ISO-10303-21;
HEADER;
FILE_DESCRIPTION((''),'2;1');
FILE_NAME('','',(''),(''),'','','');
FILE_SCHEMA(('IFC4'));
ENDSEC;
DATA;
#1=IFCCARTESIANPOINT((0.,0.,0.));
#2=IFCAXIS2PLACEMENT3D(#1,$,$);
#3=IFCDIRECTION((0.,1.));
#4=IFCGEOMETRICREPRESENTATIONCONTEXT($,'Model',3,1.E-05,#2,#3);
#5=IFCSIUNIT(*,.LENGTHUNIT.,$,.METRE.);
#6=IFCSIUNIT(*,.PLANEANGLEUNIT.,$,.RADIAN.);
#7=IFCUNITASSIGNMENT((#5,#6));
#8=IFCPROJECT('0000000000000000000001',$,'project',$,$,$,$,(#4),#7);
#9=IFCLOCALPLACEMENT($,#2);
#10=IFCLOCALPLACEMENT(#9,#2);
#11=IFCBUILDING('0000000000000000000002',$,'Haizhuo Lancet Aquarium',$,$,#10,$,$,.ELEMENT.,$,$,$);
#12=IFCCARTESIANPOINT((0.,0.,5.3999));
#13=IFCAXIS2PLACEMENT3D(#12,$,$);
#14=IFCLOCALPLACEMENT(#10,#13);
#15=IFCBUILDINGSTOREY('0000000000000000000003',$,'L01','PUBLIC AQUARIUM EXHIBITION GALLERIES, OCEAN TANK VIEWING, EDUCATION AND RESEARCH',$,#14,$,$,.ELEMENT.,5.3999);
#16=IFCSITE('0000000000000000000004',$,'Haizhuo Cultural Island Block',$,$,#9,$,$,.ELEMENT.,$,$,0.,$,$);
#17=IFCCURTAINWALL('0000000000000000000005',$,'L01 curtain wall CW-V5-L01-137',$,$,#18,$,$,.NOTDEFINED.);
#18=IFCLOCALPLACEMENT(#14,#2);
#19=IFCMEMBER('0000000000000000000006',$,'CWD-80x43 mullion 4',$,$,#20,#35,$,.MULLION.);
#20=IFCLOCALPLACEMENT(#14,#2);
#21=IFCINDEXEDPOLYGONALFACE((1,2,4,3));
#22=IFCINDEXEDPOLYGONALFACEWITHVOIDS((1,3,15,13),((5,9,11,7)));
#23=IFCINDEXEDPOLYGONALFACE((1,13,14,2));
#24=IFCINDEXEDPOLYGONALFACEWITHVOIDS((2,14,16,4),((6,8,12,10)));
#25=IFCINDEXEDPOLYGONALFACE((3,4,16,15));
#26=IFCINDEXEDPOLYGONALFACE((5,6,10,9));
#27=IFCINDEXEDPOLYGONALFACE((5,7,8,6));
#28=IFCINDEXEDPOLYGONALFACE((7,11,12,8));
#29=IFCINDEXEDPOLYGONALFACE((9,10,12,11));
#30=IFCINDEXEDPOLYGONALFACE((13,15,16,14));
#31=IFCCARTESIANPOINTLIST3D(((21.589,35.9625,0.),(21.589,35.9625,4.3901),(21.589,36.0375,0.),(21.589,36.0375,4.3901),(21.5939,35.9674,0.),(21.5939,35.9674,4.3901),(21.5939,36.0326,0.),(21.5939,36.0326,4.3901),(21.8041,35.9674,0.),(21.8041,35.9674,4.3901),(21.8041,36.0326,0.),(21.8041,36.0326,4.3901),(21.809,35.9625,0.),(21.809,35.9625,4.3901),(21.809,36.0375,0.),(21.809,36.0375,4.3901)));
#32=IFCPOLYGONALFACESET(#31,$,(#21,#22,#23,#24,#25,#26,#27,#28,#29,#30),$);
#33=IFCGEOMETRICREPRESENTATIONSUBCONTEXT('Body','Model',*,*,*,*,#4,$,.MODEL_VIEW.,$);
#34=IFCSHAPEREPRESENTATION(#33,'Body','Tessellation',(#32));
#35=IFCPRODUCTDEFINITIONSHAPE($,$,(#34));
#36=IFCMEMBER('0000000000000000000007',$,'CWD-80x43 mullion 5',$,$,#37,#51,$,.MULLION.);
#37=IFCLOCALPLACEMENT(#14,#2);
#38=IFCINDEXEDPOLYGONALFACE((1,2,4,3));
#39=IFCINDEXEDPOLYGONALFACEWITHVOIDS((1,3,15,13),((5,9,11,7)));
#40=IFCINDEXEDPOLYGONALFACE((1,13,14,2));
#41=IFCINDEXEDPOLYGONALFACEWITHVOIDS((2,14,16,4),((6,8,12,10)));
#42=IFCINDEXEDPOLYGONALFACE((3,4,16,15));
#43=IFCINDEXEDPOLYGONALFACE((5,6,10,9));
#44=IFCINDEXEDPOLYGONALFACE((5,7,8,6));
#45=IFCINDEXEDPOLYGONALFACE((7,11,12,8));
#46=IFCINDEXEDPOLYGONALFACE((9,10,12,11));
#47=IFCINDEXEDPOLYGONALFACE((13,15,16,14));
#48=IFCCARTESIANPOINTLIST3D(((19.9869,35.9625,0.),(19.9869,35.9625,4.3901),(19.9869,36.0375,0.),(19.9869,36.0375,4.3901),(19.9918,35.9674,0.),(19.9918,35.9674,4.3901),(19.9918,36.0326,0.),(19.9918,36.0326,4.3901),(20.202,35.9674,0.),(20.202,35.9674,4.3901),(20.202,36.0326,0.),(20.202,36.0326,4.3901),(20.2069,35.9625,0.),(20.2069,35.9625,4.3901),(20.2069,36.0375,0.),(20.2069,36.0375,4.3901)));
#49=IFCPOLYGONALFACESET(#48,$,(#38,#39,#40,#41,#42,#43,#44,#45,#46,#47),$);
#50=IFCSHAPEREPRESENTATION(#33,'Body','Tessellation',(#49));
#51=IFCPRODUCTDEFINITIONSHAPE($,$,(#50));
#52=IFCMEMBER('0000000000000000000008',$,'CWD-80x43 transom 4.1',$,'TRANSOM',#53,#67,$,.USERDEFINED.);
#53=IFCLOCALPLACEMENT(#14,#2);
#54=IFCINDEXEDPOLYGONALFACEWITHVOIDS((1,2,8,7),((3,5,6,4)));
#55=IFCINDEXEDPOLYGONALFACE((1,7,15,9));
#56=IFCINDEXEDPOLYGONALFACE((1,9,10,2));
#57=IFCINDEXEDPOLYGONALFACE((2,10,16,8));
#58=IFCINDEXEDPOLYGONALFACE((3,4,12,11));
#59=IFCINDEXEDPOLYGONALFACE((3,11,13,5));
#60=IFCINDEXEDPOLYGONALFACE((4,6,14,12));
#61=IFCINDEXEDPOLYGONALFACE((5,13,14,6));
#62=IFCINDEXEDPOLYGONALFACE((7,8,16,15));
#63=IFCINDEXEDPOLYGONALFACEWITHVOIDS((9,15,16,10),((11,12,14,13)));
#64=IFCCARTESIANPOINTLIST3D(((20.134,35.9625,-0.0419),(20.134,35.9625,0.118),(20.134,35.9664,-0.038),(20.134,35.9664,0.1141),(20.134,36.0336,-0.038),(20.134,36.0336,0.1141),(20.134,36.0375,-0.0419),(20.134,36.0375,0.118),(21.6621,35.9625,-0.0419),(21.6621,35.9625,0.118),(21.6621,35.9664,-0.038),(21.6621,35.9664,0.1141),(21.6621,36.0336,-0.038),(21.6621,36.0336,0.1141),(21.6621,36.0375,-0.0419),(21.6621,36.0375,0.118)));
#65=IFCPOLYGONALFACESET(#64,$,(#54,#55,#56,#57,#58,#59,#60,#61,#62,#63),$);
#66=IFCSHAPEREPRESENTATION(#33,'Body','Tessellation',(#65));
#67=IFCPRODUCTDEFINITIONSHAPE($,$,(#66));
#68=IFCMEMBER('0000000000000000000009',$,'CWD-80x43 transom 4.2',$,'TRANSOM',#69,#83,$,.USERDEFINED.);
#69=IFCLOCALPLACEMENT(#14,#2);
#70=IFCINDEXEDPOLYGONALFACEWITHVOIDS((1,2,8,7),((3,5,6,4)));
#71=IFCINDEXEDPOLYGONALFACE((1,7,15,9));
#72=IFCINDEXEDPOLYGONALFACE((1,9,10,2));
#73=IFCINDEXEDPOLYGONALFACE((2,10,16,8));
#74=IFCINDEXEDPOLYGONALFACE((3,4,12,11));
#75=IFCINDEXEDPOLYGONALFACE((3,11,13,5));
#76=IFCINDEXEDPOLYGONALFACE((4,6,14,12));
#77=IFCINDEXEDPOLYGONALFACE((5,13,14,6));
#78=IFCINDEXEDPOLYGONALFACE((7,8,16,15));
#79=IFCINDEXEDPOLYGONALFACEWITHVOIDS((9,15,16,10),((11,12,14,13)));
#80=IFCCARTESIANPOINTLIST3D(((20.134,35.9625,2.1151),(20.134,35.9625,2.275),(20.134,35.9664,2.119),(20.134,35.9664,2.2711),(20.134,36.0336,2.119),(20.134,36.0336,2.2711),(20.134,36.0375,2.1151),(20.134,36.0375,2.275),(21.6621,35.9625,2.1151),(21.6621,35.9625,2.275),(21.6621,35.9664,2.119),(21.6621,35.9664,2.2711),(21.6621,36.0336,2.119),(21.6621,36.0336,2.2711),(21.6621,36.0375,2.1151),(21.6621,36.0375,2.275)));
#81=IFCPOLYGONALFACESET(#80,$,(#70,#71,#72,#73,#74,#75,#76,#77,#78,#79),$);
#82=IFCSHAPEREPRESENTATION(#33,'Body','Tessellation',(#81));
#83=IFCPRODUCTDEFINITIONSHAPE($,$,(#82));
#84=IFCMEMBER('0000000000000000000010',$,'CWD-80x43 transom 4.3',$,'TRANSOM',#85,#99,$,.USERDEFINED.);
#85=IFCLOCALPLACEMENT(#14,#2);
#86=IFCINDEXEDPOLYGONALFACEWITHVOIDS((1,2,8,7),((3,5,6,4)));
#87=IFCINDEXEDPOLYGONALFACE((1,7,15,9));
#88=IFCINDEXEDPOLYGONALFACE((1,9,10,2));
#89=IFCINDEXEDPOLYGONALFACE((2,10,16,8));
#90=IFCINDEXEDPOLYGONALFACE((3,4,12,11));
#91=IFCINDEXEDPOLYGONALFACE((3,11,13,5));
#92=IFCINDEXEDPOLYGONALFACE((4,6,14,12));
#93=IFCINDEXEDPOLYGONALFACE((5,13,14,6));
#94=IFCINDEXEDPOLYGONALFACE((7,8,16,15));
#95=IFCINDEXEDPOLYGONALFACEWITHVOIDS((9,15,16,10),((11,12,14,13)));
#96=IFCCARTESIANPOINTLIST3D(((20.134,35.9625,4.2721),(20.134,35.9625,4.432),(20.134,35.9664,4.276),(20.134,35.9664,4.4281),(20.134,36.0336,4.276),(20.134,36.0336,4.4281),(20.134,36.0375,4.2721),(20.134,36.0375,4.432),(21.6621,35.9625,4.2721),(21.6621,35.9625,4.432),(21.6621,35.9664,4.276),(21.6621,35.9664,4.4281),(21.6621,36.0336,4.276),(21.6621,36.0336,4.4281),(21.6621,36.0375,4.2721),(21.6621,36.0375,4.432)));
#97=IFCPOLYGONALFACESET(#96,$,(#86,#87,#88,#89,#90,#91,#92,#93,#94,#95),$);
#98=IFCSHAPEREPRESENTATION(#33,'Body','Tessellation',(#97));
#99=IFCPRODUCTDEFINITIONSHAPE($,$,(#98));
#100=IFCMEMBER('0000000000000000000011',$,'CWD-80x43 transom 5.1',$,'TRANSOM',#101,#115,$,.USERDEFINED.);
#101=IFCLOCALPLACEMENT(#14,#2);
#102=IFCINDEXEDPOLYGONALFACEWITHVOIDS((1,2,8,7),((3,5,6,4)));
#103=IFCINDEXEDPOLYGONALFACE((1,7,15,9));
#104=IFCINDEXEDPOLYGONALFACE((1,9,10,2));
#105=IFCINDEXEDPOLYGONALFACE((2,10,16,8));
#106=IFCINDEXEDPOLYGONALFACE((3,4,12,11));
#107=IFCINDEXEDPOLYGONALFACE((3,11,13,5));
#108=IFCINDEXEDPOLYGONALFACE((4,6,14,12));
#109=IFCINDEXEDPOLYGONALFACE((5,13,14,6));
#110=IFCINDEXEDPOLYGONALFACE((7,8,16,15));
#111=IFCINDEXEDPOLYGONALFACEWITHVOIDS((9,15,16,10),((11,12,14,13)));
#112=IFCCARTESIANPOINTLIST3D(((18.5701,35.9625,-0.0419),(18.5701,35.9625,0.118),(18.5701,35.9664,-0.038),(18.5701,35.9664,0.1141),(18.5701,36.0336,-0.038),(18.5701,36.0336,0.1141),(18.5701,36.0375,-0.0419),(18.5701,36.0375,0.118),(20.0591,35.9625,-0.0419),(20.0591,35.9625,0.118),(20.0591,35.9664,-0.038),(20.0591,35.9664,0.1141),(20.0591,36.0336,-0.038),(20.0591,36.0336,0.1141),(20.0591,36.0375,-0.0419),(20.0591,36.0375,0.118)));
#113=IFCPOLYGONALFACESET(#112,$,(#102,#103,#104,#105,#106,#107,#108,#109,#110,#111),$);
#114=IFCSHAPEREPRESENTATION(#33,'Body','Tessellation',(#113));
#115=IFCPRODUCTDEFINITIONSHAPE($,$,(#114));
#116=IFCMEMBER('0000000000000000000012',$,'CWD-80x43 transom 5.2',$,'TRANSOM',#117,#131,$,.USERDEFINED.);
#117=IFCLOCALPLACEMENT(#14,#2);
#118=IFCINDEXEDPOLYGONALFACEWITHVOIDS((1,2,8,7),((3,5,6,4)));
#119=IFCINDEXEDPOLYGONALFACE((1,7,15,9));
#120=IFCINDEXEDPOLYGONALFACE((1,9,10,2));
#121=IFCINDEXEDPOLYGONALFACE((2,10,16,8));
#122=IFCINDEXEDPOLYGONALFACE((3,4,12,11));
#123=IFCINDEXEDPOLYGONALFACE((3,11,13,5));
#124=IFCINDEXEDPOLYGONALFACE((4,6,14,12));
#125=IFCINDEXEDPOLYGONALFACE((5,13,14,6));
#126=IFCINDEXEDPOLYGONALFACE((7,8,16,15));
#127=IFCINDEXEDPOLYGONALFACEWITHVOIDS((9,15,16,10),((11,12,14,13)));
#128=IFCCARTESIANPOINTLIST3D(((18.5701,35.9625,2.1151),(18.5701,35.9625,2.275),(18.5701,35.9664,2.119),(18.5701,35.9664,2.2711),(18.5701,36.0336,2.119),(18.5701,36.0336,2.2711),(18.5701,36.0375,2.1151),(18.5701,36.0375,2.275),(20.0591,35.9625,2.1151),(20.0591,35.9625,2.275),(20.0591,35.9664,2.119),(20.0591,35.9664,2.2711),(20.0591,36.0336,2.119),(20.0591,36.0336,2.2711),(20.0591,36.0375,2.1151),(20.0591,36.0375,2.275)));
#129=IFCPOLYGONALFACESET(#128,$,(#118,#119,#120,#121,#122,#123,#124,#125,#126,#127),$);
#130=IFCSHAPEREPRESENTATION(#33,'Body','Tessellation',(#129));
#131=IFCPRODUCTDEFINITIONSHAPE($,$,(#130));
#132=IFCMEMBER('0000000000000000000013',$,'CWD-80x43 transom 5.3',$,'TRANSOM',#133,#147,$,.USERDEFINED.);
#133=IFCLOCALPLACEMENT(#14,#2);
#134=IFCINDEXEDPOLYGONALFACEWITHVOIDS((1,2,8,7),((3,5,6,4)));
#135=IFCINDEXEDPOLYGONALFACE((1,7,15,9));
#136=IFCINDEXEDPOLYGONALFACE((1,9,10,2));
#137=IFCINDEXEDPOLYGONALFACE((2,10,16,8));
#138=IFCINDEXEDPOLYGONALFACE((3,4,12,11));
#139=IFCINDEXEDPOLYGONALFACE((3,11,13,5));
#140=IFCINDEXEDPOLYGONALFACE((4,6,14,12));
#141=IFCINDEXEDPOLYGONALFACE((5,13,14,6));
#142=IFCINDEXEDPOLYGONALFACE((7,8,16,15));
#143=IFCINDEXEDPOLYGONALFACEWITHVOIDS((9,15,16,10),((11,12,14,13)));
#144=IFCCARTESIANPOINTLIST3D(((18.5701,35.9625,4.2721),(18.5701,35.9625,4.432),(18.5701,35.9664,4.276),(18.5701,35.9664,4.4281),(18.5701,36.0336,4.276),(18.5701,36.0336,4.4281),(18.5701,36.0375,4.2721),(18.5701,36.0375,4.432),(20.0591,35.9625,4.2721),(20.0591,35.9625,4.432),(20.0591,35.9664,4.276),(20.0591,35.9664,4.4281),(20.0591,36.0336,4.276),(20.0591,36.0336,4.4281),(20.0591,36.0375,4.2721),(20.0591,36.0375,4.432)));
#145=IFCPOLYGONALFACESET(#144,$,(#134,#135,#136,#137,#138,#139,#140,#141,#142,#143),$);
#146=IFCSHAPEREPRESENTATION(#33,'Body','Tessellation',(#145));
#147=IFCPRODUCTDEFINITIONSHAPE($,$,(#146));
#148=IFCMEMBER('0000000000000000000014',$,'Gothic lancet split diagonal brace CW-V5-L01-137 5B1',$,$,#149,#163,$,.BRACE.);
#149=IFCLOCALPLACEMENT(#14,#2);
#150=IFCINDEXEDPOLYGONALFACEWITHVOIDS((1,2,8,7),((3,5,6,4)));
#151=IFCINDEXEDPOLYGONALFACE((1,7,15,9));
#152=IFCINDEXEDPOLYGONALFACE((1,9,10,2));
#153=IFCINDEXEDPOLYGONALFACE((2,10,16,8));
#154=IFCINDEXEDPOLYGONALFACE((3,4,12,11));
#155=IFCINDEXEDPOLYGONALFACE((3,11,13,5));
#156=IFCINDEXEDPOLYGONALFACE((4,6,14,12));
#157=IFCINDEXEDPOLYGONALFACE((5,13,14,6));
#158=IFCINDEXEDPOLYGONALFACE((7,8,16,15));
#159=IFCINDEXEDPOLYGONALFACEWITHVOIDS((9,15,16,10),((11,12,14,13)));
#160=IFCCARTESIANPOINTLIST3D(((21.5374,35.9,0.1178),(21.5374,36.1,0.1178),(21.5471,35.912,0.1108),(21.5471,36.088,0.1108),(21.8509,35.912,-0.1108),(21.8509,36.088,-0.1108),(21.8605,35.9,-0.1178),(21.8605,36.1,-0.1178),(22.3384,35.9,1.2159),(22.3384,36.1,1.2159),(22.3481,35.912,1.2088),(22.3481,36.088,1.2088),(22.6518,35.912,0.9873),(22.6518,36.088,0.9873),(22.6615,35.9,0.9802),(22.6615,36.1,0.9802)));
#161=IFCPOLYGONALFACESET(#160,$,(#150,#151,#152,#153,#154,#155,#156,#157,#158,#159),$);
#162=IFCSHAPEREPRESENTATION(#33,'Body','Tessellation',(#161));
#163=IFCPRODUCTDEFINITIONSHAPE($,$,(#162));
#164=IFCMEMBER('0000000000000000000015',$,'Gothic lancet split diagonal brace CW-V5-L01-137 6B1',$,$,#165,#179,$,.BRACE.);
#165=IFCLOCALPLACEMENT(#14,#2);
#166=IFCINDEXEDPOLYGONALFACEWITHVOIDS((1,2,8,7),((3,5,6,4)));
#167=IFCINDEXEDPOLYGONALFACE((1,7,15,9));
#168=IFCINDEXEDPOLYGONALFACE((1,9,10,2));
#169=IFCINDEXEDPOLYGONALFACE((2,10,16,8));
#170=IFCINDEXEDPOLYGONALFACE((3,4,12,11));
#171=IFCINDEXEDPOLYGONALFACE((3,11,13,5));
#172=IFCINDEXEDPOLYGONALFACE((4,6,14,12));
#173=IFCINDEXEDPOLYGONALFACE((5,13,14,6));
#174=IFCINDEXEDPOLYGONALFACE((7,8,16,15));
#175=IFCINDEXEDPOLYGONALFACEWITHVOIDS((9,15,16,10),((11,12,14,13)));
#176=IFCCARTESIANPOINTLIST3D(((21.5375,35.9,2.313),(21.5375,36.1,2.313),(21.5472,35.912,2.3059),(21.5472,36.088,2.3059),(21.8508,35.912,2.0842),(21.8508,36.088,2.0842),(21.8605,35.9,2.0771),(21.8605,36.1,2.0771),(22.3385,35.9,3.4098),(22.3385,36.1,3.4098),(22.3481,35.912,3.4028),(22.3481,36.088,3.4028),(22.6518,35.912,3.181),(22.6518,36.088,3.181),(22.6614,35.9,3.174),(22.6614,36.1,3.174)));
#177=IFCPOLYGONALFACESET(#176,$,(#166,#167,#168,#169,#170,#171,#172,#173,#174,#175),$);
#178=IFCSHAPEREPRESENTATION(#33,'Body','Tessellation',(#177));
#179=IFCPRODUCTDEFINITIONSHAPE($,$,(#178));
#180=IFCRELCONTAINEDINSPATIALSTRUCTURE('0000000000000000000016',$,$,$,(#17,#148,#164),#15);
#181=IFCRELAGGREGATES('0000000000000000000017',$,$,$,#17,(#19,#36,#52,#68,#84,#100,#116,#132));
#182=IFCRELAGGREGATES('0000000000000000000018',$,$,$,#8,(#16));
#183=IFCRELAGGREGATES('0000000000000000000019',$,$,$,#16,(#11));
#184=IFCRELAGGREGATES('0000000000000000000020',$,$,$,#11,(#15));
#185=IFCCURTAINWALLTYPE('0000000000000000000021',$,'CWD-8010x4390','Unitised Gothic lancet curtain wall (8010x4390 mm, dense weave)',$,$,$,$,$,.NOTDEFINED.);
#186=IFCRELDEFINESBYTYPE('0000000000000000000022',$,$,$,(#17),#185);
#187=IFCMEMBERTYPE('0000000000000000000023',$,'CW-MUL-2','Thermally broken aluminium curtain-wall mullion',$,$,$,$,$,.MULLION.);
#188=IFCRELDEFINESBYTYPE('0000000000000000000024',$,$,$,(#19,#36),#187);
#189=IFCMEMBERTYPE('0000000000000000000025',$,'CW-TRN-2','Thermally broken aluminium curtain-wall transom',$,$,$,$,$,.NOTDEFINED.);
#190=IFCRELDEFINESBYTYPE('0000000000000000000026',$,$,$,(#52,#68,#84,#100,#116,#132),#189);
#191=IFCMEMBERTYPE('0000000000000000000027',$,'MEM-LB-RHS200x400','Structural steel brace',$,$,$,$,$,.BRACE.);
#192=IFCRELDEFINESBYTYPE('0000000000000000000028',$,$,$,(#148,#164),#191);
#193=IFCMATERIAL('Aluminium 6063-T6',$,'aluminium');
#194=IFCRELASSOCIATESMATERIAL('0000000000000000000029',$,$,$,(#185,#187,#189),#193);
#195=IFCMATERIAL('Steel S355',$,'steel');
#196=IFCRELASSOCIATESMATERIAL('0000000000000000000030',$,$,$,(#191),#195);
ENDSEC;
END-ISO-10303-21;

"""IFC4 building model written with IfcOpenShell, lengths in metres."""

from ifc_helpers import new_model, si_unit, direction, frame, origin, origin_2d, place, context, subcontext, project, spatial, hollow_rectangle, extrude, material, material_profile, profile_set, type_object, element, aggregate, save


model = new_model("IFC4")

# Units and contexts
model_context = context("Model", 3, precision=1e-05, world=origin(), true_north=direction((0.0, 1.0)))
body_context = subcontext(model_context, "Body", "Model", "MODEL_VIEW")
ifc_project = project(units=[si_unit("LENGTHUNIT", "METRE"), si_unit("PLANEANGLEUNIT", "RADIAN")], contexts=[model_context])

# Site, building, storey
site_placement = place(None, origin())
site = spatial("IfcSite", under=ifc_project, at=site_placement, Name="Haizhuo Cultural Island Block", CompositionType="ELEMENT", RefElevation=0.0)
building_placement = place(site_placement, origin())
building = spatial("IfcBuilding", under=site, at=building_placement, Name="Haizhuo Lancet Aquarium", CompositionType="ELEMENT")
storey_placement = place(building_placement, frame((0.0, 0.0, 5.3999)))
storey = spatial("IfcBuildingStorey", under=building, at=storey_placement, Name="L01", Description="PUBLIC AQUARIUM EXHIBITION GALLERIES, OCEAN TANK VIEWING, EDUCATION AND RESEARCH", CompositionType="ELEMENT", Elevation=5.3999)

# Curtain wall, members
ifc_material_1 = material(Name="Aluminium 6063-T6", Category="aluminium")
curtain_wall_type = type_object("IfcCurtainWallType", Name="CWD-8010x4390", Description="Unitised Gothic lancet curtain wall (8010x4390 mm, dense weave)", PredefinedType="NOTDEFINED", material=ifc_material_1)
curtain_wall_placement = place(storey_placement, origin())
curtain_wall = element("IfcCurtainWall", 1, at=curtain_wall_placement, inside=storey, type_object=curtain_wall_type, Name="L01 curtain wall CW-V5-L01-137", PredefinedType="NOTDEFINED")
ifc_material_profile_1 = material_profile(ifc_material_1, hollow_rectangle(XDim=0.075, YDim=0.22, WallThickness=0.0049, at=origin_2d()), Name="ALU-M 75x220x5")
ifc_profile_set_1 = profile_set([ifc_material_profile_1], Name="Aluminium 6063-T6")
member_type_1 = type_object("IfcMemberType", Name="CW-MUL-2", Description="Thermally broken aluminium curtain-wall mullion", PredefinedType="MULLION", material=ifc_profile_set_1)
member_1_placement = place(storey_placement, frame((21.699, 36.0, 0.0), z_axis=(0.0, 0.0, 1.0), x_axis=(0.0, -1.0, 0.0)))
member_1 = element("IfcMember", 2, at=member_1_placement, type_object=member_type_1, Name="CWD-80x43 mullion 4", PredefinedType="MULLION", context=body_context, shape_type="SweptSolid", body=[
    extrude(hollow_rectangle(XDim=0.075, YDim=0.22, WallThickness=0.0049, at=origin_2d()), origin(), (0.0, 0.0, 1.0), 4.3901),
])
member_2_placement = place(storey_placement, frame((20.0969, 36.0, 0.0), z_axis=(0.0, 0.0, 1.0), x_axis=(0.0, -1.0, 0.0)))
member_2 = element("IfcMember", 3, at=member_2_placement, type_object=member_type_1, Name="CWD-80x43 mullion 5", PredefinedType="MULLION", context=body_context, shape_type="SweptSolid", body=[
    extrude(hollow_rectangle(XDim=0.075, YDim=0.22, WallThickness=0.0049, at=origin_2d()), origin(), (0.0, 0.0, 1.0), 4.3901),
])
ifc_material_profile_2 = material_profile(ifc_material_1, hollow_rectangle(XDim=0.075, YDim=0.1599, WallThickness=0.0039, at=origin_2d()), Name="ALU-T 75x160x4")
ifc_profile_set_2 = profile_set([ifc_material_profile_2], Name="Aluminium 6063-T6")
member_type_2 = type_object("IfcMemberType", Name="CW-TRN-2", Description="Thermally broken aluminium curtain-wall transom", PredefinedType="NOTDEFINED", material=ifc_profile_set_2)
member_3_placement = place(storey_placement, frame((21.6621, 36.0, 0.0381), z_axis=(-1.0, 0.0, 0.0), x_axis=(0.0, -1.0, 0.0)))
member_3 = element("IfcMember", 4, at=member_3_placement, type_object=member_type_2, Name="CWD-80x43 transom 4.1", ObjectType="TRANSOM", PredefinedType="USERDEFINED", context=body_context, shape_type="SweptSolid", body=[
    extrude(hollow_rectangle(XDim=0.075, YDim=0.1599, WallThickness=0.0039, at=origin_2d()), origin(), (0.0, 0.0, 1.0), 1.5281),
])
member_4_placement = place(storey_placement, frame((21.6621, 36.0, 2.1951), z_axis=(-1.0, 0.0, 0.0), x_axis=(0.0, -1.0, 0.0)))
member_4 = element("IfcMember", 5, at=member_4_placement, type_object=member_type_2, Name="CWD-80x43 transom 4.2", ObjectType="TRANSOM", PredefinedType="USERDEFINED", context=body_context, shape_type="SweptSolid", body=[
    extrude(hollow_rectangle(XDim=0.075, YDim=0.1599, WallThickness=0.0039, at=origin_2d()), origin(), (0.0, 0.0, 1.0), 1.5281),
])
member_5_placement = place(storey_placement, frame((21.6621, 36.0, 4.3521), z_axis=(-1.0, 0.0, 0.0), x_axis=(0.0, -1.0, 0.0)))
member_5 = element("IfcMember", 6, at=member_5_placement, type_object=member_type_2, Name="CWD-80x43 transom 4.3", ObjectType="TRANSOM", PredefinedType="USERDEFINED", context=body_context, shape_type="SweptSolid", body=[
    extrude(hollow_rectangle(XDim=0.075, YDim=0.1599, WallThickness=0.0039, at=origin_2d()), origin(), (0.0, 0.0, 1.0), 1.5281),
])
member_6_placement = place(storey_placement, frame((20.0591, 36.0, 0.0381), z_axis=(-1.0, 0.0, 0.0), x_axis=(0.0, -1.0, 0.0)))
member_6 = element("IfcMember", 7, at=member_6_placement, type_object=member_type_2, Name="CWD-80x43 transom 5.1", ObjectType="TRANSOM", PredefinedType="USERDEFINED", context=body_context, shape_type="SweptSolid", body=[
    extrude(hollow_rectangle(XDim=0.075, YDim=0.1599, WallThickness=0.0039, at=origin_2d()), origin(), (0.0, 0.0, 1.0), 1.489),
])
member_7_placement = place(storey_placement, frame((20.0591, 36.0, 2.1951), z_axis=(-1.0, 0.0, 0.0), x_axis=(0.0, -1.0, 0.0)))
member_7 = element("IfcMember", 8, at=member_7_placement, type_object=member_type_2, Name="CWD-80x43 transom 5.2", ObjectType="TRANSOM", PredefinedType="USERDEFINED", context=body_context, shape_type="SweptSolid", body=[
    extrude(hollow_rectangle(XDim=0.075, YDim=0.1599, WallThickness=0.0039, at=origin_2d()), origin(), (0.0, 0.0, 1.0), 1.489),
])
member_8_placement = place(storey_placement, frame((20.0591, 36.0, 4.3521), z_axis=(-1.0, 0.0, 0.0), x_axis=(0.0, -1.0, 0.0)))
member_8 = element("IfcMember", 9, at=member_8_placement, type_object=member_type_2, Name="CWD-80x43 transom 5.3", ObjectType="TRANSOM", PredefinedType="USERDEFINED", context=body_context, shape_type="SweptSolid", body=[
    extrude(hollow_rectangle(XDim=0.075, YDim=0.1599, WallThickness=0.0039, at=origin_2d()), origin(), (0.0, 0.0, 1.0), 1.489),
])

# Members
ifc_material_2 = material(Name="Steel S355", Category="steel")
ifc_material_profile_3 = material_profile(ifc_material_2, hollow_rectangle(XDim=0.2, YDim=0.3999, WallThickness=0.012, at=origin_2d()), Name="RHS 200x400x12")
ifc_profile_set_3 = profile_set([ifc_material_profile_3], Name="Steel S355")
member_type_3 = type_object("IfcMemberType", Name="MEM-LB-RHS200x400", Description="Structural steel brace", PredefinedType="BRACE", material=ifc_profile_set_3)
member_9_placement = place(storey_placement, frame((21.699, 36.0, 0.0), z_axis=(0.589314, 0.0, 0.807904), x_axis=(0.0, 1.0, 0.0)))
element("IfcMember", 10, at=member_9_placement, inside=storey, type_object=member_type_3, Name="Gothic lancet split diagonal brace CW-V5-L01-137 5B1", PredefinedType="BRACE", context=body_context, shape_type="SweptSolid", body=[
    extrude(hollow_rectangle(XDim=0.2, YDim=0.3999, WallThickness=0.012, at=origin_2d()), origin(), (0.0, 0.0, 1.0), 1.3591),
])
member_10_placement = place(storey_placement, frame((21.699, 36.0, 2.1951), z_axis=(0.589742, 0.0, 0.807592), x_axis=(0.0, 1.0, 0.0)))
element("IfcMember", 11, at=member_10_placement, inside=storey, type_object=member_type_3, Name="Gothic lancet split diagonal brace CW-V5-L01-137 6B1", PredefinedType="BRACE", context=body_context, shape_type="SweptSolid", body=[
    extrude(hollow_rectangle(XDim=0.2, YDim=0.3999, WallThickness=0.012, at=origin_2d()), origin(), (0.0, 0.0, 1.0), 1.3582),
])

aggregate(curtain_wall, [member_1, member_2, member_3, member_4, member_5, member_6, member_7, member_8])

save(model, "model.ifc")
